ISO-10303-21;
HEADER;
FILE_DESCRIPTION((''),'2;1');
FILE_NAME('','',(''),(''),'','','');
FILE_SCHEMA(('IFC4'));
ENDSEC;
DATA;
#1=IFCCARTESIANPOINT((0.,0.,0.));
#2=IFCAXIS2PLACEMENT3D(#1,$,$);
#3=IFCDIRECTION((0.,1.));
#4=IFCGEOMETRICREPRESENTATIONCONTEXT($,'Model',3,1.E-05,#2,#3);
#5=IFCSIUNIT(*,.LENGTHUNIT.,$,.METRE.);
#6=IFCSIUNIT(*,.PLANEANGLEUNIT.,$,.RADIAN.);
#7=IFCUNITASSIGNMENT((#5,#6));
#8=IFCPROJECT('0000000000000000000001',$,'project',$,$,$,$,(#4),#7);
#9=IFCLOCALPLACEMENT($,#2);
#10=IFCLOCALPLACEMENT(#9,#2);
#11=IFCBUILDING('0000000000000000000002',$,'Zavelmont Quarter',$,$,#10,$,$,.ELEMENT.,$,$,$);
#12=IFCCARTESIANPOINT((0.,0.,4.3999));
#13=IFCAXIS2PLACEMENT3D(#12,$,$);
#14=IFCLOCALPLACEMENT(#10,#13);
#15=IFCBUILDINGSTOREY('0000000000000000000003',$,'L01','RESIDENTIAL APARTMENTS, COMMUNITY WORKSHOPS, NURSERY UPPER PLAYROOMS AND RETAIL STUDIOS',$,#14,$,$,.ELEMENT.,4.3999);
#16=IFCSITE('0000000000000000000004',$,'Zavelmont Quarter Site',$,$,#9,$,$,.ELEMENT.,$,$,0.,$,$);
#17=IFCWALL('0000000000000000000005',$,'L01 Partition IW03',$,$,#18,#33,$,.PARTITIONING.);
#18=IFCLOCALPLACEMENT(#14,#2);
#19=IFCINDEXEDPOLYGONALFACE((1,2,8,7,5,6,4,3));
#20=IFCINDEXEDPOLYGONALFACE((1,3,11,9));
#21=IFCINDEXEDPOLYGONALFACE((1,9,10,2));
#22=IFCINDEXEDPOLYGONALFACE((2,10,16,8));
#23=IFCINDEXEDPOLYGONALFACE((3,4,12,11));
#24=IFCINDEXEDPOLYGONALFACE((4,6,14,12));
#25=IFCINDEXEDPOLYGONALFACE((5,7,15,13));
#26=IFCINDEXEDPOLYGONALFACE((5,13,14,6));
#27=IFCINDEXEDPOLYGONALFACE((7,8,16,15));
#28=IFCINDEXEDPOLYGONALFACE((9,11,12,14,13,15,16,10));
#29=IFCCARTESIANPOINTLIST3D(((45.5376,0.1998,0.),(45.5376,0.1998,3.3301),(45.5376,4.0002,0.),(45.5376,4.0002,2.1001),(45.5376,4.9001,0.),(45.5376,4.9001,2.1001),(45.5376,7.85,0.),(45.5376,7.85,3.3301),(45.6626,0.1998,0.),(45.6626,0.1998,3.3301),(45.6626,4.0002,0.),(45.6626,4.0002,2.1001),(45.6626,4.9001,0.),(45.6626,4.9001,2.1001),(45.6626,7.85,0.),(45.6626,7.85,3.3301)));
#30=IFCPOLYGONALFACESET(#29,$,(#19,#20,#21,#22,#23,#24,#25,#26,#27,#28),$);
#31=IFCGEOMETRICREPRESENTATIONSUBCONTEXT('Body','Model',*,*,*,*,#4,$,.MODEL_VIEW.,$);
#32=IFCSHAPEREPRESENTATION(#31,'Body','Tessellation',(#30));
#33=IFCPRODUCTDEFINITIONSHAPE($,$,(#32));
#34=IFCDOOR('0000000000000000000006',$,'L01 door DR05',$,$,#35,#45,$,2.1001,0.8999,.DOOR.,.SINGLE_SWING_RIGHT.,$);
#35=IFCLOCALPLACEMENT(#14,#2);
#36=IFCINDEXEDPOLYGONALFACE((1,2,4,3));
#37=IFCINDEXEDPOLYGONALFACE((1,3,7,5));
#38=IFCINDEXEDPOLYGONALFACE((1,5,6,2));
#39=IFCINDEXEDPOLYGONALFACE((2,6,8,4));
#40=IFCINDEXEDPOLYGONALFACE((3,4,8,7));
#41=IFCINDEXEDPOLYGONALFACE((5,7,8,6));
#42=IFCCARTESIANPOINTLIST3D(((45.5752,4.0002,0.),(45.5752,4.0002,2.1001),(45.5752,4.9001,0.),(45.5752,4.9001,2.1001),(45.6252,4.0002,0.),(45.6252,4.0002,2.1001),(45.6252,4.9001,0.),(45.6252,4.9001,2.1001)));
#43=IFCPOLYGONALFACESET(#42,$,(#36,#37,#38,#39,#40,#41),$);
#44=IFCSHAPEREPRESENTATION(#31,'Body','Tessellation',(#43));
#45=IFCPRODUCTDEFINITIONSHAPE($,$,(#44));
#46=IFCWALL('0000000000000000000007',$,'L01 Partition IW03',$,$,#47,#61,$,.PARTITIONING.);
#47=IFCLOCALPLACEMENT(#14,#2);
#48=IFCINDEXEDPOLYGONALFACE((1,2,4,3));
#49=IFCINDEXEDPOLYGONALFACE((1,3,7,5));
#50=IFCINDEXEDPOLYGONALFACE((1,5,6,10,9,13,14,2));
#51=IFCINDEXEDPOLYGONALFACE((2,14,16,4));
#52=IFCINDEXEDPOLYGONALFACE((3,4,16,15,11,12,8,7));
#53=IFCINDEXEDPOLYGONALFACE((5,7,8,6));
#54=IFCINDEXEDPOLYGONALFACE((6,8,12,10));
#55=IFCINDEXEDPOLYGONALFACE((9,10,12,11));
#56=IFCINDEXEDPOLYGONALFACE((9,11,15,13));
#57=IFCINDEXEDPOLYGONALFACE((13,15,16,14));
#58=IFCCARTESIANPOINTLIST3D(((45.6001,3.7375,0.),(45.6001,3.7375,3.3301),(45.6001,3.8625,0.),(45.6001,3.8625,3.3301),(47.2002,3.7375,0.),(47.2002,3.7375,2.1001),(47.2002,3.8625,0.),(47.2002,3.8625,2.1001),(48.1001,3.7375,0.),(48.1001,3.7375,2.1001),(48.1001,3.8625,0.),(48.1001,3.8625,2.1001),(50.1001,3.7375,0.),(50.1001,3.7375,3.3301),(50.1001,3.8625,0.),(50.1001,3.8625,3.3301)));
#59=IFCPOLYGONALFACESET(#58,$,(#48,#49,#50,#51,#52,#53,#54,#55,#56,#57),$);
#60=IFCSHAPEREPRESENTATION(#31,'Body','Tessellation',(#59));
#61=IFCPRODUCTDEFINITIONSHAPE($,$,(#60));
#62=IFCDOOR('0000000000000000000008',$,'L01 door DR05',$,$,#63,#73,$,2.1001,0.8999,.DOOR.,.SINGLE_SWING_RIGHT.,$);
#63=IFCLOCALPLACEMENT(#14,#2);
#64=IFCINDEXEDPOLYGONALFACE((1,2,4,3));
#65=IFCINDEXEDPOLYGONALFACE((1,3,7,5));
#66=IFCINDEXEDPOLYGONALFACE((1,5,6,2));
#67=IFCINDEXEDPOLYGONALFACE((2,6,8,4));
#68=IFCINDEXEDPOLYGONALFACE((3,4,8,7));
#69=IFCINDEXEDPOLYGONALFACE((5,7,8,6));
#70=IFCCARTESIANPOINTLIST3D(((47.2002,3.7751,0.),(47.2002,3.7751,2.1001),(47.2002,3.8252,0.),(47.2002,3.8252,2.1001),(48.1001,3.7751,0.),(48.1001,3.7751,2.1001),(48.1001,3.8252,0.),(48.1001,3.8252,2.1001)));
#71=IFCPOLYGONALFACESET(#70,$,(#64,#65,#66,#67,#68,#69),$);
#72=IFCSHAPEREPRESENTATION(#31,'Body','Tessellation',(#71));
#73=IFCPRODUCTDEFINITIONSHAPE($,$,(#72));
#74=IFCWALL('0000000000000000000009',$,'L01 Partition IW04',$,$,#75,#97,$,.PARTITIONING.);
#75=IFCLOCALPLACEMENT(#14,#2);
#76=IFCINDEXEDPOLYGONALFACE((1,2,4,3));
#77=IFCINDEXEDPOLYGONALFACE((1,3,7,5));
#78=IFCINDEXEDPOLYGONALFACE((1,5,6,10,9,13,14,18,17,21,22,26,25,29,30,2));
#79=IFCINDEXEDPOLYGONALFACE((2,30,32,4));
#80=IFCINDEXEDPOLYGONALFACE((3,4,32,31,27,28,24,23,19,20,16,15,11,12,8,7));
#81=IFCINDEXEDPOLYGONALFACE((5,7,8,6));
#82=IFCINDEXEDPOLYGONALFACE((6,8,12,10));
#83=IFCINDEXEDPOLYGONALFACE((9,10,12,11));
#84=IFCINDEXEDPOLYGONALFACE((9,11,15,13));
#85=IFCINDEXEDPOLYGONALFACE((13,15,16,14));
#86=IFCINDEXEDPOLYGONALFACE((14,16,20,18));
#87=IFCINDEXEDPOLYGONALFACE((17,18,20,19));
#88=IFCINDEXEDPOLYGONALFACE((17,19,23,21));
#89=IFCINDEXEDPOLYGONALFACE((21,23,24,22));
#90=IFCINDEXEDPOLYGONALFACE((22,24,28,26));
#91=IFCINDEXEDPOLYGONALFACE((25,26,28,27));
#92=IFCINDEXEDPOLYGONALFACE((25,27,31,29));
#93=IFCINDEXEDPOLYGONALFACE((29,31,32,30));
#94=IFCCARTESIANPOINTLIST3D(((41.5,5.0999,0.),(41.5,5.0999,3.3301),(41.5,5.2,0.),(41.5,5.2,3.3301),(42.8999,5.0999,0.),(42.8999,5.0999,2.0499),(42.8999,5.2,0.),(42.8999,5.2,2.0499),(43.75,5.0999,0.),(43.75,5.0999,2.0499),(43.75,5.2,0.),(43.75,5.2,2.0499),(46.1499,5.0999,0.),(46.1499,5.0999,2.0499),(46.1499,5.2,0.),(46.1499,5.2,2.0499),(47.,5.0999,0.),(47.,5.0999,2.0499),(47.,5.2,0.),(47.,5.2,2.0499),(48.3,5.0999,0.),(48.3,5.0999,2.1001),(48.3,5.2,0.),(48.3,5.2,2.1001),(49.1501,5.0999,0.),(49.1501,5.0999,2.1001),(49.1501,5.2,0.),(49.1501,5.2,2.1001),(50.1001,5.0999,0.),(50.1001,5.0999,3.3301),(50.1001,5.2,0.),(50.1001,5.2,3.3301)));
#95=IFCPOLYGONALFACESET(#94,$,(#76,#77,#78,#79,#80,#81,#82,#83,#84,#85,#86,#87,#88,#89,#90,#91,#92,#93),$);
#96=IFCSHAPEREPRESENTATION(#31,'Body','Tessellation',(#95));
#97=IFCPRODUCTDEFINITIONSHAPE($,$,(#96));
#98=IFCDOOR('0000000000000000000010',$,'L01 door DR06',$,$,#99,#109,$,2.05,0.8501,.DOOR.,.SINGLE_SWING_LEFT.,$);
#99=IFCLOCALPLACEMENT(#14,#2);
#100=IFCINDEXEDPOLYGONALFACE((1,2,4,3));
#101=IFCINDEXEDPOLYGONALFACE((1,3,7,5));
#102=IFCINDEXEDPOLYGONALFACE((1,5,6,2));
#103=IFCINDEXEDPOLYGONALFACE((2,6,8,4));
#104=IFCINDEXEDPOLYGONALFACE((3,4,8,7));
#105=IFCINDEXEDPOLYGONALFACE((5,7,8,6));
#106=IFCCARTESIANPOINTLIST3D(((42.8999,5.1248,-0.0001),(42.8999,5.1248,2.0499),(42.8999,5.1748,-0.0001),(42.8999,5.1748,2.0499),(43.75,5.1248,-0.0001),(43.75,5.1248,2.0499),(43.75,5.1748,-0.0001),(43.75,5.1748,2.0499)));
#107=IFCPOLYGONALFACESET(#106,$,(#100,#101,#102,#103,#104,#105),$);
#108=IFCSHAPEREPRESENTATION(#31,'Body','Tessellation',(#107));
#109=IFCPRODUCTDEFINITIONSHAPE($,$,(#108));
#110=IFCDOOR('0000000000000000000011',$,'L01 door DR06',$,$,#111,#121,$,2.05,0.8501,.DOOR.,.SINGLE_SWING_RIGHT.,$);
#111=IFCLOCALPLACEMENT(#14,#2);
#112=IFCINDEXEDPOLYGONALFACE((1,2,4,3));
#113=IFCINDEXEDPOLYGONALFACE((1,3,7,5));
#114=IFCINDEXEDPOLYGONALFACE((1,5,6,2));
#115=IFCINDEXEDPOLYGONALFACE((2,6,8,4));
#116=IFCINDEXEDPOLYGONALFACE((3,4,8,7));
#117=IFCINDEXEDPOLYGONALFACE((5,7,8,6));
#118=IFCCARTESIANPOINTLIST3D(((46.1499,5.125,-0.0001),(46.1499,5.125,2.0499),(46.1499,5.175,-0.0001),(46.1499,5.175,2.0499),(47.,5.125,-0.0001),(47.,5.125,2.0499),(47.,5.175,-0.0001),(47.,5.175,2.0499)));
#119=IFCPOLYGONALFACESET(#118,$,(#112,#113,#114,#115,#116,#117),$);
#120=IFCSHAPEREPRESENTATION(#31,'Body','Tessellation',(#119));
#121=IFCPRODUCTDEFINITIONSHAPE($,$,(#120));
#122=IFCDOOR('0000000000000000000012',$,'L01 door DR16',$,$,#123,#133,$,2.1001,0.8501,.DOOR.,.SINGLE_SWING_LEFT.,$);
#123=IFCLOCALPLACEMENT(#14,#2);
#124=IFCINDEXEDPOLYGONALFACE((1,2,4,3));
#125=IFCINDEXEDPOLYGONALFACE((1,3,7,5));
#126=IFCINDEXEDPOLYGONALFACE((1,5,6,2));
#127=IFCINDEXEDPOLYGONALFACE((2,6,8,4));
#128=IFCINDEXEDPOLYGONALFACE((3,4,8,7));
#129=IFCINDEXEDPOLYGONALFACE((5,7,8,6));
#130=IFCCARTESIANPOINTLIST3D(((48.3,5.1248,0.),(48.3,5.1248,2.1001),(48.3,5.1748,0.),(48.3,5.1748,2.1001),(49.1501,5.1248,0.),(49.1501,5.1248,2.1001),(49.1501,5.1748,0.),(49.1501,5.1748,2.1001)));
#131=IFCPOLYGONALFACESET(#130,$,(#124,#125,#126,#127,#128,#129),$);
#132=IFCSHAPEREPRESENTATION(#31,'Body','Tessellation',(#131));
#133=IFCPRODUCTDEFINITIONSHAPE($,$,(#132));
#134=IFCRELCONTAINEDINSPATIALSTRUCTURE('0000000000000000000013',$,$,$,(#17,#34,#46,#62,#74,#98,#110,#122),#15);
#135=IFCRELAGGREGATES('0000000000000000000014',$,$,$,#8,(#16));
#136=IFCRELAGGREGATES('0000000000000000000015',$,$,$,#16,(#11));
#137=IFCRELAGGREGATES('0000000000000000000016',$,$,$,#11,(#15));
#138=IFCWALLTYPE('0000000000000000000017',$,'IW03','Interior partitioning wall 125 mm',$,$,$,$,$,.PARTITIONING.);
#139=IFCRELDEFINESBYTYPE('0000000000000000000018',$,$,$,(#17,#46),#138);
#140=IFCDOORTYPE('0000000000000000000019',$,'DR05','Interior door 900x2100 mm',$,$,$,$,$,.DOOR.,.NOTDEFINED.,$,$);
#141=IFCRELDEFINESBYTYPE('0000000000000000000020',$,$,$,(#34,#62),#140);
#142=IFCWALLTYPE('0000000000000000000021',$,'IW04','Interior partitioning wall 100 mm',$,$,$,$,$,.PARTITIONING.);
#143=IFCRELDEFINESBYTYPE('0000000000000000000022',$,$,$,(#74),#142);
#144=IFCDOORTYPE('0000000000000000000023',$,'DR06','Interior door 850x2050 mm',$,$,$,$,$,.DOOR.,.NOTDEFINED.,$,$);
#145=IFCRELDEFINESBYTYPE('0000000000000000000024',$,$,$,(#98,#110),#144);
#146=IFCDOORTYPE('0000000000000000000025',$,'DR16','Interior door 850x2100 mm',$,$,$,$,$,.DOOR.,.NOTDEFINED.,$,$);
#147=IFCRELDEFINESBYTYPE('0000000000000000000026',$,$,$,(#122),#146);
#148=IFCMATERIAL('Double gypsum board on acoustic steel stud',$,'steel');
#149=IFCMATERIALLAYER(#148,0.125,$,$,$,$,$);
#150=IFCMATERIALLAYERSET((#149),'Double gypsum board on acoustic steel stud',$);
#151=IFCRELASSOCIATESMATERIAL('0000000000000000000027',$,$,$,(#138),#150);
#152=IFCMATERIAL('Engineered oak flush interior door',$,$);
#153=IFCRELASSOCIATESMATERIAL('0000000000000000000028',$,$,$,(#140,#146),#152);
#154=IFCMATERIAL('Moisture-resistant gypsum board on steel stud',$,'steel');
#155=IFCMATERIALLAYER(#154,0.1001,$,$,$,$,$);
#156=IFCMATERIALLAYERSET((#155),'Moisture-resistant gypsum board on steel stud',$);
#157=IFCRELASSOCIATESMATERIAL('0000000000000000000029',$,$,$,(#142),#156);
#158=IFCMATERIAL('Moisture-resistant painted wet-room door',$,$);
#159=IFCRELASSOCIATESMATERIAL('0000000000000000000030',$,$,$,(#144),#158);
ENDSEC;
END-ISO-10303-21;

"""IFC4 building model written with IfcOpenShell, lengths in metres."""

from ifc_helpers import new_model, si_unit, direction, frame, frame_2d, origin, origin_with_axes, place, context, subcontext, project, spatial, rectangle, extrude, material, layer, layer_set, type_object, element, fill, save


model = new_model("IFC4")

# Units and contexts
model_context = context("Model", 3, precision=1e-05, world=origin(), true_north=direction((0.0, 1.0)))
body_context = subcontext(model_context, "Body", "Model", "MODEL_VIEW")
ifc_project = project(units=[si_unit("LENGTHUNIT", "METRE"), si_unit("PLANEANGLEUNIT", "RADIAN")], contexts=[model_context])

# Site, building, storey
site_placement = place(None, origin())
site = spatial("IfcSite", under=ifc_project, at=site_placement, Name="Zavelmont Quarter Site", CompositionType="ELEMENT", RefElevation=0.0)
building_placement = place(site_placement, origin())
building = spatial("IfcBuilding", under=site, at=building_placement, Name="Zavelmont Quarter", CompositionType="ELEMENT")
storey_placement = place(building_placement, frame((0.0, 0.0, 4.3999)))
storey = spatial("IfcBuildingStorey", under=building, at=storey_placement, Name="L01", Description="RESIDENTIAL APARTMENTS, COMMUNITY WORKSHOPS, NURSERY UPPER PLAYROOMS AND RETAIL STUDIOS", CompositionType="ELEMENT", Elevation=4.3999)

# Shared definitions
ifc_material_1 = material(Name="Double gypsum board on acoustic steel stud", Category="steel")
ifc_layer_1 = layer(ifc_material_1, 0.125)
ifc_layer_set_1 = layer_set([ifc_layer_1], Name="Double gypsum board on acoustic steel stud")
wall_type_1 = type_object("IfcWallType", Name="IW03", Description="Interior partitioning wall 125 mm", PredefinedType="PARTITIONING", material=ifc_layer_set_1)
ifc_material_2 = material(Name="Engineered oak flush interior door")
door_type_1 = type_object("IfcDoorType", Name="DR05", Description="Interior door 900x2100 mm", OperationType="NOTDEFINED", PredefinedType="DOOR", material=ifc_material_2)

# Walls, openings, doors
wall_1_placement = place(storey_placement, frame((45.6001, 7.8501, 0.0), z_axis=(0.0, 0.0, 1.0), x_axis=(0.0, -1.0, 0.0)))
wall_1 = element("IfcWall", 1, at=wall_1_placement, inside=storey, type_object=wall_type_1, Name="L01 Partition IW03", PredefinedType="PARTITIONING", context=body_context, shape_type="SweptSolid", body=[
    extrude(rectangle(XDim=7.6501, YDim=0.125, at=frame_2d((3.8252, 0.0))), origin(), (0.0, 0.0, 1.0), 3.3301),
])
opening_1_placement = place(wall_1_placement, frame((2.95, 0.0, 0.0)))
opening_1 = element("IfcOpeningElement", 2, at=opening_1_placement, cuts=wall_1, PredefinedType="OPENING", context=body_context, shape_type="SweptSolid", body=[
    extrude(rectangle(XDim=0.8999, YDim=2.1001, at=frame_2d((0.45, 1.05))), frame((0.0, 0.0745, 0.0), z_axis=(0.0, -1.0, 0.0), x_axis=(1.0, 0.0, 0.0)), (0.0, 0.0, 1.0), 0.1489),
])
door_1_placement = place(opening_1_placement, frame((0.8999, 0.0, 0.0), z_axis=(0.0, 0.0, 1.0), x_axis=(-1.0, 0.0, 0.0)))
door_1 = element("IfcDoor", 3, at=door_1_placement, inside=storey, type_object=door_type_1, Name="L01 door DR05", OperationType="SINGLE_SWING_RIGHT", OverallHeight=2.1001, OverallWidth=0.8999, PredefinedType="DOOR", context=body_context, shape_type="SweptSolid", body=[
    extrude(rectangle(XDim=0.8999, YDim=2.1001, at=frame_2d((0.45, 1.05))), frame((0.0, 0.0249, 0.0), z_axis=(0.0, -1.0, 0.0), x_axis=(1.0, 0.0, 0.0)), (0.0, 0.0, 1.0), 0.05),
])
fill(opening_1, door_1)
wall_2_placement = place(storey_placement, frame((45.6001, 3.8, 0.0), z_axis=(0.0, 0.0, 1.0), x_axis=(1.0, 0.0, 0.0)))
wall_2 = element("IfcWall", 4, at=wall_2_placement, inside=storey, type_object=wall_type_1, Name="L01 Partition IW03", PredefinedType="PARTITIONING", context=body_context, shape_type="SweptSolid", body=[
    extrude(rectangle(XDim=4.5, YDim=0.125, at=frame_2d((2.25, 0.0))), origin(), (0.0, 0.0, 1.0), 3.3301),
])
opening_2_placement = place(wall_2_placement, frame((1.6001, 0.0, 0.0)))
opening_2 = element("IfcOpeningElement", 5, at=opening_2_placement, cuts=wall_2, PredefinedType="OPENING", context=body_context, shape_type="SweptSolid", body=[
    extrude(rectangle(XDim=0.8999, YDim=2.1001, at=frame_2d((0.45, 1.05))), frame((0.0, 0.0745, 0.0), z_axis=(0.0, -1.0, 0.0), x_axis=(1.0, 0.0, 0.0)), (0.0, 0.0, 1.0), 0.1489),
])
door_2_placement = place(opening_2_placement, frame((0.8999, 0.0, 0.0), z_axis=(0.0, 0.0, 1.0), x_axis=(-1.0, 0.0, 0.0)))
door_2 = element("IfcDoor", 6, at=door_2_placement, inside=storey, type_object=door_type_1, Name="L01 door DR05", OperationType="SINGLE_SWING_RIGHT", OverallHeight=2.1001, OverallWidth=0.8999, PredefinedType="DOOR", context=body_context, shape_type="SweptSolid", body=[
    extrude(rectangle(XDim=0.8999, YDim=2.1001, at=frame_2d((0.45, 1.05))), frame((0.0, 0.0249, 0.0), z_axis=(0.0, -1.0, 0.0), x_axis=(1.0, 0.0, 0.0)), (0.0, 0.0, 1.0), 0.05),
])
fill(opening_2, door_2)

# Wall, openings, doors
ifc_material_3 = material(Name="Moisture-resistant gypsum board on steel stud", Category="steel")
ifc_layer_2 = layer(ifc_material_3, 0.1001)
ifc_layer_set_2 = layer_set([ifc_layer_2], Name="Moisture-resistant gypsum board on steel stud")
wall_type_2 = type_object("IfcWallType", Name="IW04", Description="Interior partitioning wall 100 mm", PredefinedType="PARTITIONING", material=ifc_layer_set_2)
wall_3_placement = place(storey_placement, frame((41.5, 5.1499, 0.0), z_axis=(0.0, 0.0, 1.0), x_axis=(1.0, 0.0, 0.0)))
wall_3 = element("IfcWall", 7, at=wall_3_placement, inside=storey, type_object=wall_type_2, Name="L01 Partition IW04", PredefinedType="PARTITIONING", context=body_context, shape_type="SweptSolid", body=[
    extrude(rectangle(XDim=8.6001, YDim=0.1001, at=frame_2d((4.3, 0.0))), origin(), (0.0, 0.0, 1.0), 3.3301),
])
opening_3_placement = place(wall_3_placement, frame((1.3999, 0.0, 0.0)))
opening_3 = element("IfcOpeningElement", 8, at=opening_3_placement, cuts=wall_3, PredefinedType="OPENING", context=body_context, shape_type="SweptSolid", body=[
    extrude(rectangle(XDim=0.8501, YDim=2.05, at=frame_2d((0.425, 1.0249))), frame((0.0, 0.062, 0.0), z_axis=(0.0, -1.0, 0.0), x_axis=(1.0, 0.0, 0.0)), (0.0, 0.0, 1.0), 0.124),
])
opening_4_placement = place(wall_3_placement, frame((4.6499, 0.0, 0.0)))
opening_4 = element("IfcOpeningElement", 9, at=opening_4_placement, cuts=wall_3, PredefinedType="OPENING", context=body_context, shape_type="SweptSolid", body=[
    extrude(rectangle(XDim=0.8501, YDim=2.05, at=frame_2d((0.425, 1.0249))), frame((0.0, 0.062, 0.0), z_axis=(0.0, -1.0, 0.0), x_axis=(1.0, 0.0, 0.0)), (0.0, 0.0, 1.0), 0.124),
])
opening_5_placement = place(wall_3_placement, frame((6.8, 0.0, 0.0)))
opening_5 = element("IfcOpeningElement", 10, at=opening_5_placement, cuts=wall_3, PredefinedType="OPENING", context=body_context, shape_type="SweptSolid", body=[
    extrude(rectangle(XDim=0.8501, YDim=2.1001, at=frame_2d((0.425, 1.05))), frame((0.0, 0.062, 0.0), z_axis=(0.0, -1.0, 0.0), x_axis=(1.0, 0.0, 0.0)), (0.0, 0.0, 1.0), 0.124),
])
ifc_material_4 = material(Name="Moisture-resistant painted wet-room door")
door_type_2 = type_object("IfcDoorType", Name="DR06", Description="Interior door 850x2050 mm", OperationType="NOTDEFINED", PredefinedType="DOOR", material=ifc_material_4)
door_3_placement = place(opening_3_placement, origin_with_axes())
door_3 = element("IfcDoor", 11, at=door_3_placement, inside=storey, type_object=door_type_2, Name="L01 door DR06", OperationType="SINGLE_SWING_LEFT", OverallHeight=2.05, OverallWidth=0.8501, PredefinedType="DOOR", context=body_context, shape_type="SweptSolid", body=[
    extrude(rectangle(XDim=0.8501, YDim=2.05, at=frame_2d((0.425, 1.0249))), frame((0.0, 0.0249, 0.0), z_axis=(0.0, -1.0, 0.0), x_axis=(1.0, 0.0, 0.0)), (0.0, 0.0, 1.0), 0.05),
])
fill(opening_3, door_3)
door_4_placement = place(opening_4_placement, frame((0.8501, 0.0, 0.0), z_axis=(0.0, 0.0, 1.0), x_axis=(-1.0, 0.0, 0.0)))
door_4 = element("IfcDoor", 12, at=door_4_placement, inside=storey, type_object=door_type_2, Name="L01 door DR06", OperationType="SINGLE_SWING_RIGHT", OverallHeight=2.05, OverallWidth=0.8501, PredefinedType="DOOR", context=body_context, shape_type="SweptSolid", body=[
    extrude(rectangle(XDim=0.8501, YDim=2.05, at=frame_2d((0.425, 1.0249))), frame((0.0, 0.0249, 0.0), z_axis=(0.0, -1.0, 0.0), x_axis=(1.0, 0.0, 0.0)), (0.0, 0.0, 1.0), 0.05),
])
fill(opening_4, door_4)
door_type_3 = type_object("IfcDoorType", Name="DR16", Description="Interior door 850x2100 mm", OperationType="NOTDEFINED", PredefinedType="DOOR", material=ifc_material_2)
door_5_placement = place(opening_5_placement, origin_with_axes())
door_5 = element("IfcDoor", 13, at=door_5_placement, inside=storey, type_object=door_type_3, Name="L01 door DR16", OperationType="SINGLE_SWING_LEFT", OverallHeight=2.1001, OverallWidth=0.8501, PredefinedType="DOOR", context=body_context, shape_type="SweptSolid", body=[
    extrude(rectangle(XDim=0.8501, YDim=2.1001, at=frame_2d((0.425, 1.05))), frame((0.0, 0.0249, 0.0), z_axis=(0.0, -1.0, 0.0), x_axis=(1.0, 0.0, 0.0)), (0.0, 0.0, 1.0), 0.05),
])
fill(opening_5, door_5)

save(model, "model.ifc")
